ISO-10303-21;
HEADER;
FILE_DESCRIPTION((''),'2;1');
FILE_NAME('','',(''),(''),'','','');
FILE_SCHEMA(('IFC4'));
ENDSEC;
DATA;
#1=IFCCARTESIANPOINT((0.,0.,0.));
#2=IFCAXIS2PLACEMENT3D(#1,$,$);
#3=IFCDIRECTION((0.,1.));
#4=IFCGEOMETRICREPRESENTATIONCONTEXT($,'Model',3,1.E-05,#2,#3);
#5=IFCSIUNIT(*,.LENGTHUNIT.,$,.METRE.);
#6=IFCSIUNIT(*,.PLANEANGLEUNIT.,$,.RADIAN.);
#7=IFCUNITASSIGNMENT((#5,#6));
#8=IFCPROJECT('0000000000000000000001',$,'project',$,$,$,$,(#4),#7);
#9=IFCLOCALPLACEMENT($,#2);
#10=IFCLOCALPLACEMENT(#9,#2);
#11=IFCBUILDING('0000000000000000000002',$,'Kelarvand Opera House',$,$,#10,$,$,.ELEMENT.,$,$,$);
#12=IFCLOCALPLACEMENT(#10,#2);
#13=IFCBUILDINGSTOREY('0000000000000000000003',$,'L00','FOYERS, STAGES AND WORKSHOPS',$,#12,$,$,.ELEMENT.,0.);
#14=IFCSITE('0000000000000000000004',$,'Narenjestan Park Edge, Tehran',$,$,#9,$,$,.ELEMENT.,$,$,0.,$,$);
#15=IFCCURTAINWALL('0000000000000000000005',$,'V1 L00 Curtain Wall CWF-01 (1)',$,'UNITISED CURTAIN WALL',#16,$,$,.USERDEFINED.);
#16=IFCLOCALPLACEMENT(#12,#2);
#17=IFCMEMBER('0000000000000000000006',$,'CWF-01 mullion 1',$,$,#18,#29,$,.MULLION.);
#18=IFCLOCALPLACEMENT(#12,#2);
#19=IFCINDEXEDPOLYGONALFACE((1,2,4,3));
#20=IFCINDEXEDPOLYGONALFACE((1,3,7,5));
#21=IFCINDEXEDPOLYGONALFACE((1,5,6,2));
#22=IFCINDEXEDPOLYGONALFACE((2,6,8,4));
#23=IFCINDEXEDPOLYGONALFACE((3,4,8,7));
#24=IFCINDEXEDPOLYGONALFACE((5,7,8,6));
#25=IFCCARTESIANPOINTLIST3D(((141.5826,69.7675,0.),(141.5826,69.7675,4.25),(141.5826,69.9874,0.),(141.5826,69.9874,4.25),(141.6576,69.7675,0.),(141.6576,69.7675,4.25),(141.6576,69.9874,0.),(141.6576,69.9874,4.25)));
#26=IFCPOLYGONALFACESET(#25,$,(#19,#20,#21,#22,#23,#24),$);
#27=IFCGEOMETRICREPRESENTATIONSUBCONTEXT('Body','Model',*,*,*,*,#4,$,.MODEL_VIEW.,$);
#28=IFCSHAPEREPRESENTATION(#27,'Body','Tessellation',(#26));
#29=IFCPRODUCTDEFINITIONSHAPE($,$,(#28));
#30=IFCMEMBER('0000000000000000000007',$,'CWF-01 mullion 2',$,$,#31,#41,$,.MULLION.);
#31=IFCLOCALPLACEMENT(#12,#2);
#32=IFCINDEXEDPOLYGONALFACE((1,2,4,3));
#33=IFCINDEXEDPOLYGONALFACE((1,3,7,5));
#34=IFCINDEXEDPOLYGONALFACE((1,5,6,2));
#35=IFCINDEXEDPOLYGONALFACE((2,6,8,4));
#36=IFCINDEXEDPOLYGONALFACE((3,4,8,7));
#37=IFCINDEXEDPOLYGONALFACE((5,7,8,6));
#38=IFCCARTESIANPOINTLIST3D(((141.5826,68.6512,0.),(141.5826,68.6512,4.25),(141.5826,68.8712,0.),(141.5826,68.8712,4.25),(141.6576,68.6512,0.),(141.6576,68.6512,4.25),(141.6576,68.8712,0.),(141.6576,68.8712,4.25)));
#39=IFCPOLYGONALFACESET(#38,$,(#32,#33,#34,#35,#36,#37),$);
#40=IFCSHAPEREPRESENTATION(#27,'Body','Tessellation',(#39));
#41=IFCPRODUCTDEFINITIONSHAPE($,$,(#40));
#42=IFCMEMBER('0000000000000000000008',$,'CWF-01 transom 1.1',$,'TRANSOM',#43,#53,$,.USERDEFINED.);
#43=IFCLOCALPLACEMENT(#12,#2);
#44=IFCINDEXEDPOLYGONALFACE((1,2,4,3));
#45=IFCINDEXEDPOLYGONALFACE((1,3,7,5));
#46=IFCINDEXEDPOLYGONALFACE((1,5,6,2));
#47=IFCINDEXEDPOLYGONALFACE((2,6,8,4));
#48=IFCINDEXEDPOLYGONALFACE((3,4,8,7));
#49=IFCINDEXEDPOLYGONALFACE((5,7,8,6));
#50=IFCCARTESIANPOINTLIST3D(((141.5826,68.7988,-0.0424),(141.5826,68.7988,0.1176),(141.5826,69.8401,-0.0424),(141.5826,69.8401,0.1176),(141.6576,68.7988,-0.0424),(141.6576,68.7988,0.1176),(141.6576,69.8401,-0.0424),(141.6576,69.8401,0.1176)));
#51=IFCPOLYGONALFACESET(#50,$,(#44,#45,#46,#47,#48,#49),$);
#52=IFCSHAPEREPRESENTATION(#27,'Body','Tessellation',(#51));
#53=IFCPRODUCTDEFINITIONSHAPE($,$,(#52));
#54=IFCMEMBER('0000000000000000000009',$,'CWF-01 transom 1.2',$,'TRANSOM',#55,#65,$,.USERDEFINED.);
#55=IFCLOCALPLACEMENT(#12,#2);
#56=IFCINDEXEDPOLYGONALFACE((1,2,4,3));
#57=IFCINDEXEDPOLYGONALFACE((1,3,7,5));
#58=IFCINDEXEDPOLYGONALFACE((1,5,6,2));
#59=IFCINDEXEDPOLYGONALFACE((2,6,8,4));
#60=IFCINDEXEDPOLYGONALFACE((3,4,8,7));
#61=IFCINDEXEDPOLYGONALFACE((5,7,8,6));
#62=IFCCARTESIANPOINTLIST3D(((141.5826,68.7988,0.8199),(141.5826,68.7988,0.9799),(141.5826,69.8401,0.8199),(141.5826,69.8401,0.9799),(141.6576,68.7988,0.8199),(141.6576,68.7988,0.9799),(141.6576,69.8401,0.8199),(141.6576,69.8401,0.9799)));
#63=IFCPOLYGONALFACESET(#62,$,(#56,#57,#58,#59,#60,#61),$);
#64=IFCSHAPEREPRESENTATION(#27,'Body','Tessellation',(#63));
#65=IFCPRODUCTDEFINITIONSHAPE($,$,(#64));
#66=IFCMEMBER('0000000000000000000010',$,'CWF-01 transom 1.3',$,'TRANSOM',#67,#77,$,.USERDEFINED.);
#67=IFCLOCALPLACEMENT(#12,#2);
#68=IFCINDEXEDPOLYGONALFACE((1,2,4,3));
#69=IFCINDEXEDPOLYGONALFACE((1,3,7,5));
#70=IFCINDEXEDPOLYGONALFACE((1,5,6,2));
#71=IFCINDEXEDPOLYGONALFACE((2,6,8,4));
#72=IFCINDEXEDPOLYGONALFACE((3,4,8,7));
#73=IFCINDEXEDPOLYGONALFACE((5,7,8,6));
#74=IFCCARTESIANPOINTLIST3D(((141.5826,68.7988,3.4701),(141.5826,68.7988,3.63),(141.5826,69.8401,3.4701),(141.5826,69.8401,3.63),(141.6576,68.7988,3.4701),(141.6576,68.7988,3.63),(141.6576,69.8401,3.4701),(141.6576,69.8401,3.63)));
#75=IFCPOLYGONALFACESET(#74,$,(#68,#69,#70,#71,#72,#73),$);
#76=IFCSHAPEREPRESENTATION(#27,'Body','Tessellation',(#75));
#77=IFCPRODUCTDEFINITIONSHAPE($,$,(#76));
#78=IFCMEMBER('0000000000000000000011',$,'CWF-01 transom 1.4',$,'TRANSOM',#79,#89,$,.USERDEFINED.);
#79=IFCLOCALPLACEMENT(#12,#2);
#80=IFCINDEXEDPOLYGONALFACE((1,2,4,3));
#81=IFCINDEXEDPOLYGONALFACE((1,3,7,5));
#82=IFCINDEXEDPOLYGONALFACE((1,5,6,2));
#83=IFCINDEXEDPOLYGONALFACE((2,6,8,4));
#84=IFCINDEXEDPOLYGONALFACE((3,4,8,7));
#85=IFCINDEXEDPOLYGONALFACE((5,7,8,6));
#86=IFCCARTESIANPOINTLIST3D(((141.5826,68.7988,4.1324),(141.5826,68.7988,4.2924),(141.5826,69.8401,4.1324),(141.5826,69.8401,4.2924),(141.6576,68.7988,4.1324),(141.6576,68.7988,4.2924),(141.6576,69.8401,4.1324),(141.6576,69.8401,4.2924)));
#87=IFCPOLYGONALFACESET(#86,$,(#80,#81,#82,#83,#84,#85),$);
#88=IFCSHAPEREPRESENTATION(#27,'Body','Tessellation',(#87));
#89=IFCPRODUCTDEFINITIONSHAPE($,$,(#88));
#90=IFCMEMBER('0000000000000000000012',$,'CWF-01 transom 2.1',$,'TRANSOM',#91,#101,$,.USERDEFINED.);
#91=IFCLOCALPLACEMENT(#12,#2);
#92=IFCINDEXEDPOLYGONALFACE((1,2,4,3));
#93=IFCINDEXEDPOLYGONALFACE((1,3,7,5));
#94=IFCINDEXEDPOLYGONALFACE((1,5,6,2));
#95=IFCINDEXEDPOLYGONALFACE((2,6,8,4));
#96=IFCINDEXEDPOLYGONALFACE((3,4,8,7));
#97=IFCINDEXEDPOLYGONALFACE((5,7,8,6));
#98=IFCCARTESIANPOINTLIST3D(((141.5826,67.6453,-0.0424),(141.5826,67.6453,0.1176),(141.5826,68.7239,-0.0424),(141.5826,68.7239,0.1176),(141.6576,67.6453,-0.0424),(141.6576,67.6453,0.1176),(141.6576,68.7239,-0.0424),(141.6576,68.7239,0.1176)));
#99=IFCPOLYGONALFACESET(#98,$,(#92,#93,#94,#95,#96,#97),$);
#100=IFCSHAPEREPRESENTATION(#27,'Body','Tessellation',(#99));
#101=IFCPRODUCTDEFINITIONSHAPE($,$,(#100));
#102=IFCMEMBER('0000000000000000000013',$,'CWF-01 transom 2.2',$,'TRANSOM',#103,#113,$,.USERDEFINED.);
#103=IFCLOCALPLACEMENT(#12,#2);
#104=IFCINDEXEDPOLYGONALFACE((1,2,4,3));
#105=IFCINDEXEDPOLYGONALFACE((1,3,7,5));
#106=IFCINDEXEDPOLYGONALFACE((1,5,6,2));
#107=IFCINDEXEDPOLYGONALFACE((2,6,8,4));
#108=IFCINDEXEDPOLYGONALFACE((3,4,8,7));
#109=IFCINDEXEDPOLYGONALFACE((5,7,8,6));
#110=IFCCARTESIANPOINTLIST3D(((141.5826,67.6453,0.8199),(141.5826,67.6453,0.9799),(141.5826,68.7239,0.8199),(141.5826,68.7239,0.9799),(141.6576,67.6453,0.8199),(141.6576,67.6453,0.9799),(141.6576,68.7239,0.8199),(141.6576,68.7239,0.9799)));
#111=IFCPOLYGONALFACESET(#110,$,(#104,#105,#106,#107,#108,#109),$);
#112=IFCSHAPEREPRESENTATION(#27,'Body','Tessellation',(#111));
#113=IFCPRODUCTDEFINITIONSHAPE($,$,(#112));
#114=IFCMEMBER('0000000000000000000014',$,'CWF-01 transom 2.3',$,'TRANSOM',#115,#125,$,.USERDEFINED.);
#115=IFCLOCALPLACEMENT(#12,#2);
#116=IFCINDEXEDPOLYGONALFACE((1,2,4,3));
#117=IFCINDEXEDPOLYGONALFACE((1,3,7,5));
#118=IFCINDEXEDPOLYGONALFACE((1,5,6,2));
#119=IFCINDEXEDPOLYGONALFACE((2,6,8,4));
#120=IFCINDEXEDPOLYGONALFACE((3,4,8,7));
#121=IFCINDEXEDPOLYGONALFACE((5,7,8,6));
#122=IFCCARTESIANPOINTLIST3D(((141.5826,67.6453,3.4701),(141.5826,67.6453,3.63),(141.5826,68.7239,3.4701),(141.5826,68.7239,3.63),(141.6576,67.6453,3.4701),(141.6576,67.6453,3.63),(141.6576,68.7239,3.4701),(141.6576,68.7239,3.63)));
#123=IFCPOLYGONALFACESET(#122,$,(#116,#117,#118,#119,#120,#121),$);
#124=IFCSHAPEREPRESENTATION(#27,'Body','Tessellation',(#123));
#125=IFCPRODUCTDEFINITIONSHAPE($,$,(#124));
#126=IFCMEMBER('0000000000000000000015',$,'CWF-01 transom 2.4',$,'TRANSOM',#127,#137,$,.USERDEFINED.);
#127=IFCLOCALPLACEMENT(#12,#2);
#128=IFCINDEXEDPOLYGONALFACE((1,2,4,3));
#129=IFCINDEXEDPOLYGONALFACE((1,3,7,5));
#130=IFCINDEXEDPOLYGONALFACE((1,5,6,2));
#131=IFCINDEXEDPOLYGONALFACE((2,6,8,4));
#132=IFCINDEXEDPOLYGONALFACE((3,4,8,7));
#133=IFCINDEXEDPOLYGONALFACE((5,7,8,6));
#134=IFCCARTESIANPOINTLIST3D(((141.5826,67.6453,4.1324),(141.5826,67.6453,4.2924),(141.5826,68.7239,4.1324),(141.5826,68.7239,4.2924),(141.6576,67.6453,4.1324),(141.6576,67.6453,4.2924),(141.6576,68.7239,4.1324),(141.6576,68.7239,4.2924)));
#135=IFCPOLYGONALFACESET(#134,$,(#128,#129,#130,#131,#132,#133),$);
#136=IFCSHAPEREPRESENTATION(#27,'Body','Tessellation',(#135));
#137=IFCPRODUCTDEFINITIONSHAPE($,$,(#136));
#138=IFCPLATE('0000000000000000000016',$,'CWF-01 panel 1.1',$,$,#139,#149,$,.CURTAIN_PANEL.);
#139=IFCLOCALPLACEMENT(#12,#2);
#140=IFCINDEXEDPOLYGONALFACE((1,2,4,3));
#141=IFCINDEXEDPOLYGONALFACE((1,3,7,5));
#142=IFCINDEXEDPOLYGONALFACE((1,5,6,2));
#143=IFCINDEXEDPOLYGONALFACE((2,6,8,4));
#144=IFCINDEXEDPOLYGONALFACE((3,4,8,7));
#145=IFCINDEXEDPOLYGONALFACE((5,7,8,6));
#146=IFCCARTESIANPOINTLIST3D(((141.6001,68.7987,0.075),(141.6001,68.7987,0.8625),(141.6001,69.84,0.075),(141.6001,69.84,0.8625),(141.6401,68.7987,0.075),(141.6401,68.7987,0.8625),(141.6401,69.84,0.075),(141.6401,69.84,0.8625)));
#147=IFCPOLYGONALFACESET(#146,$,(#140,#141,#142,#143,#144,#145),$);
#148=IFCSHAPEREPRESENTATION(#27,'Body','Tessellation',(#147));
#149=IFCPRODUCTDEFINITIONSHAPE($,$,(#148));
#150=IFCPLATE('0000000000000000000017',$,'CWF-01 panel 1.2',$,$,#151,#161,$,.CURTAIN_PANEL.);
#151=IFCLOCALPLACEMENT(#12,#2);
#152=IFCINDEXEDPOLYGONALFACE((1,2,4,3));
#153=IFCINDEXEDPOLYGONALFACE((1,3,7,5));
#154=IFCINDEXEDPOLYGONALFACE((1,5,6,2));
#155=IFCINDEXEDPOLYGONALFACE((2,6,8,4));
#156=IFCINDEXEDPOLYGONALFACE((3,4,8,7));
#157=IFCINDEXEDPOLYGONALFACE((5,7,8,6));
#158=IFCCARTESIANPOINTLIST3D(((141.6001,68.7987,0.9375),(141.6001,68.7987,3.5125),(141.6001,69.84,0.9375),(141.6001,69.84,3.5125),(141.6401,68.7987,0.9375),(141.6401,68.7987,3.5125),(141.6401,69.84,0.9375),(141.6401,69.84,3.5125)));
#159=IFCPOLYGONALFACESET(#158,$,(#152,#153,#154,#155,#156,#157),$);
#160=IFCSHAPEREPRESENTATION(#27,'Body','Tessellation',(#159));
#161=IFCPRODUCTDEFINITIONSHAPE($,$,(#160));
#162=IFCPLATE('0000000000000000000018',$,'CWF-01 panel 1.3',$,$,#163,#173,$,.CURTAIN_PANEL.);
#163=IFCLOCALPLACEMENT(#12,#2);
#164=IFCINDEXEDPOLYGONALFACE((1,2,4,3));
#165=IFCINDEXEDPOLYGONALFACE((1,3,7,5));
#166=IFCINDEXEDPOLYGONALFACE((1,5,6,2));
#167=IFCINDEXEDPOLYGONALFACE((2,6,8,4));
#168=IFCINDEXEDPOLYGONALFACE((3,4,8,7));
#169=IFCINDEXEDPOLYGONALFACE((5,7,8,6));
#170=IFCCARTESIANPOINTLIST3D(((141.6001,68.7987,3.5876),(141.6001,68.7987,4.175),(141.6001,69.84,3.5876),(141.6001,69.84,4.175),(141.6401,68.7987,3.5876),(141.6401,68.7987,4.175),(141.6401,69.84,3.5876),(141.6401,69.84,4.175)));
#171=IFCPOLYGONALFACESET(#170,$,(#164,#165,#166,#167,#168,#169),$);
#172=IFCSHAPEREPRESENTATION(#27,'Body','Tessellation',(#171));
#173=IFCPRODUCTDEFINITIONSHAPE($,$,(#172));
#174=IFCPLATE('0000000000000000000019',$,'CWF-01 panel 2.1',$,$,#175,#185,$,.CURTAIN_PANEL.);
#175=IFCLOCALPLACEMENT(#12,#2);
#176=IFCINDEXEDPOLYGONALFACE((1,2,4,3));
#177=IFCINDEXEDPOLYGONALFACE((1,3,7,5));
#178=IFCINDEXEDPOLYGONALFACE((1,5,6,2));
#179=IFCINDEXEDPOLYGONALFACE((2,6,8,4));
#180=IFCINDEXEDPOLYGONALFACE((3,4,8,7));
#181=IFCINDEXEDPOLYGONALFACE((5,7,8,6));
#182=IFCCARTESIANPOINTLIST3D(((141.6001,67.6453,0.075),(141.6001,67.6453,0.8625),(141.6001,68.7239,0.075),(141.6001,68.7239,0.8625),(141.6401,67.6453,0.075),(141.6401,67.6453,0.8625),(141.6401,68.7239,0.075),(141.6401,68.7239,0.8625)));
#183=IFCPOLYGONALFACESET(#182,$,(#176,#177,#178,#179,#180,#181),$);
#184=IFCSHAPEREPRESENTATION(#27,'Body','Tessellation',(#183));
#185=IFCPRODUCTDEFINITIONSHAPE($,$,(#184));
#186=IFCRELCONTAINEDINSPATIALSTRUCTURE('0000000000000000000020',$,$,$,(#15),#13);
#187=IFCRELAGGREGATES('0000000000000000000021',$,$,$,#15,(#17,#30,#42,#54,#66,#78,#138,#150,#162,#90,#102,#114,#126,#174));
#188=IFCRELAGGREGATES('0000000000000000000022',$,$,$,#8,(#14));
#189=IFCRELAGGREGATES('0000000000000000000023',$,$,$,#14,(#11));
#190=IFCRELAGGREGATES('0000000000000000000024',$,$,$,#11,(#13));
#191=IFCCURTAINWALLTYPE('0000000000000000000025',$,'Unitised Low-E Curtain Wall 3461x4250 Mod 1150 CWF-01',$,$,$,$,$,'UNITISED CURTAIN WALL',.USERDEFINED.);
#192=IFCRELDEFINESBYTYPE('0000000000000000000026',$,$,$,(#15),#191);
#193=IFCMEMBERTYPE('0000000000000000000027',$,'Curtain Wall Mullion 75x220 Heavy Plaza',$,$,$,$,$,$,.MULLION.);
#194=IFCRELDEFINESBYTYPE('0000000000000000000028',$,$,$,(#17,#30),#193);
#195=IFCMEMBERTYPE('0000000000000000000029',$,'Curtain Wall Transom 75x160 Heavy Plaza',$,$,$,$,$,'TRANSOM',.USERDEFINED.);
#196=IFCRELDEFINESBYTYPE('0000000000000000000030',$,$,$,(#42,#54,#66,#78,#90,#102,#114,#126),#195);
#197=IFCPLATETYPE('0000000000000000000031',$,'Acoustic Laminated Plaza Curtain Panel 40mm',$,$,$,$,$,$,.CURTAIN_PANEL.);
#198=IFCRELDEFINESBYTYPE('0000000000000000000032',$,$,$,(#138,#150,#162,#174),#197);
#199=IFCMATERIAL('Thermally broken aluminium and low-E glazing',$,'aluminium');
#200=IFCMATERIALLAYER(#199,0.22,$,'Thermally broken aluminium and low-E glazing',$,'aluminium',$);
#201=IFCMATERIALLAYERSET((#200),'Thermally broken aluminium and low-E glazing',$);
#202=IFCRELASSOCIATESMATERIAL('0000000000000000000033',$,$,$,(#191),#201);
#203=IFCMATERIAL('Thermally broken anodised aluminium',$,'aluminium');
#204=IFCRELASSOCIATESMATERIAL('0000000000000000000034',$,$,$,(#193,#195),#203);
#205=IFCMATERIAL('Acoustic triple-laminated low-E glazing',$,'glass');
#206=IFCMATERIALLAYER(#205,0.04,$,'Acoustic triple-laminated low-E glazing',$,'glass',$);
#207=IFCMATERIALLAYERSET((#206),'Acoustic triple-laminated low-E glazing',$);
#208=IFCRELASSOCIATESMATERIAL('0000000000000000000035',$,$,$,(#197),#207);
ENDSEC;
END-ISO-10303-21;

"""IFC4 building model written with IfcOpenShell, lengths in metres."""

from ifc_helpers import new_model, si_unit, direction, frame, origin, origin_2d, place, context, subcontext, project, spatial, rectangle, extrude, material, layer, layer_set, material_profile, profile_set, type_object, element, aggregate, save


model = new_model("IFC4")

# Units and contexts
model_context = context("Model", 3, precision=1e-05, world=origin(), true_north=direction((0.0, 1.0)))
body_context = subcontext(model_context, "Body", "Model", "MODEL_VIEW")
ifc_project = project(units=[si_unit("LENGTHUNIT", "METRE"), si_unit("PLANEANGLEUNIT", "RADIAN")], contexts=[model_context])

# Site, building, storey
site_placement = place(None, origin())
site = spatial("IfcSite", under=ifc_project, at=site_placement, Name="Narenjestan Park Edge, Tehran", CompositionType="ELEMENT", RefElevation=0.0)
building_placement = place(site_placement, origin())
building = spatial("IfcBuilding", under=site, at=building_placement, Name="Kelarvand Opera House", CompositionType="ELEMENT")
storey_placement = place(building_placement, origin())
storey = spatial("IfcBuildingStorey", under=building, at=storey_placement, Name="L00", Description="FOYERS, STAGES AND WORKSHOPS", CompositionType="ELEMENT", Elevation=0.0)

# Curtain wall, members, plates
ifc_material_1 = material(Name="Thermally broken aluminium and low-E glazing", Category="aluminium")
ifc_layer_1 = layer(ifc_material_1, 0.22, Name="Thermally broken aluminium and low-E glazing", Category="aluminium")
ifc_layer_set_1 = layer_set([ifc_layer_1], Name="Thermally broken aluminium and low-E glazing")
curtain_wall_type = type_object("IfcCurtainWallType", Name="Unitised Low-E Curtain Wall 3461x4250 Mod 1150 CWF-01", ElementType="UNITISED CURTAIN WALL", PredefinedType="USERDEFINED", material=ifc_layer_set_1)
curtain_wall_placement = place(storey_placement, origin())
curtain_wall = element("IfcCurtainWall", 1, at=curtain_wall_placement, inside=storey, type_object=curtain_wall_type, Name="V1 L00 Curtain Wall CWF-01 (1)", ObjectType="UNITISED CURTAIN WALL", PredefinedType="USERDEFINED")
ifc_material_2 = material(Name="Thermally broken anodised aluminium", Category="aluminium")
ifc_material_profile_1 = material_profile(ifc_material_2, rectangle(XDim=0.075, YDim=0.22, at=origin_2d()), Name="ALU MULLION 75x220", Category="aluminium")
ifc_profile_set_1 = profile_set([ifc_material_profile_1], Name="Thermally broken anodised aluminium")
member_type_1 = type_object("IfcMemberType", Name="Curtain Wall Mullion 75x220 Heavy Plaza", PredefinedType="MULLION", material=ifc_profile_set_1)
member_1_placement = place(storey_placement, frame((141.6201, 69.8774, 0.0), z_axis=(0.0, 0.0, 1.0), x_axis=(1.0, 0.0, 0.0)))
member_1 = element("IfcMember", 2, at=member_1_placement, type_object=member_type_1, Name="CWF-01 mullion 1", PredefinedType="MULLION", context=body_context, shape_type="SweptSolid", body=[
    extrude(rectangle(XDim=0.075, YDim=0.22, at=origin_2d()), origin(), (0.0, 0.0, 1.0), 4.25),
])
member_2_placement = place(storey_placement, frame((141.6201, 68.7612, 0.0), z_axis=(0.0, 0.0, 1.0), x_axis=(1.0, 0.0, 0.0)))
member_2 = element("IfcMember", 3, at=member_2_placement, type_object=member_type_1, Name="CWF-01 mullion 2", PredefinedType="MULLION", context=body_context, shape_type="SweptSolid", body=[
    extrude(rectangle(XDim=0.075, YDim=0.22, at=origin_2d()), origin(), (0.0, 0.0, 1.0), 4.25),
])
ifc_material_profile_2 = material_profile(ifc_material_2, rectangle(XDim=0.075, YDim=0.1599, at=origin_2d()), Name="ALU TRANSOM 75x160", Category="aluminium")
ifc_profile_set_2 = profile_set([ifc_material_profile_2], Name="Thermally broken anodised aluminium")
member_type_2 = type_object("IfcMemberType", Name="Curtain Wall Transom 75x160 Heavy Plaza", ElementType="TRANSOM", PredefinedType="USERDEFINED", material=ifc_profile_set_2)
member_3_placement = place(storey_placement, frame((141.6201, 69.8401, 0.0376), z_axis=(0.0, -1.0, 0.0), x_axis=(1.0, 0.0, 0.0)))
member_3 = element("IfcMember", 4, at=member_3_placement, type_object=member_type_2, Name="CWF-01 transom 1.1", ObjectType="TRANSOM", PredefinedType="USERDEFINED", context=body_context, shape_type="SweptSolid", body=[
    extrude(rectangle(XDim=0.075, YDim=0.1599, at=origin_2d()), origin(), (0.0, 0.0, 1.0), 1.0413),
])
member_4_placement = place(storey_placement, frame((141.6201, 69.8401, 0.8999), z_axis=(0.0, -1.0, 0.0), x_axis=(1.0, 0.0, 0.0)))
member_4 = element("IfcMember", 5, at=member_4_placement, type_object=member_type_2, Name="CWF-01 transom 1.2", ObjectType="TRANSOM", PredefinedType="USERDEFINED", context=body_context, shape_type="SweptSolid", body=[
    extrude(rectangle(XDim=0.075, YDim=0.1599, at=origin_2d()), origin(), (0.0, 0.0, 1.0), 1.0413),
])
member_5_placement = place(storey_placement, frame((141.6201, 69.8401, 3.55), z_axis=(0.0, -1.0, 0.0), x_axis=(1.0, 0.0, 0.0)))
member_5 = element("IfcMember", 6, at=member_5_placement, type_object=member_type_2, Name="CWF-01 transom 1.3", ObjectType="TRANSOM", PredefinedType="USERDEFINED", context=body_context, shape_type="SweptSolid", body=[
    extrude(rectangle(XDim=0.075, YDim=0.1599, at=origin_2d()), origin(), (0.0, 0.0, 1.0), 1.0413),
])
member_6_placement = place(storey_placement, frame((141.6201, 69.8401, 4.2124), z_axis=(0.0, -1.0, 0.0), x_axis=(1.0, 0.0, 0.0)))
member_6 = element("IfcMember", 7, at=member_6_placement, type_object=member_type_2, Name="CWF-01 transom 1.4", ObjectType="TRANSOM", PredefinedType="USERDEFINED", context=body_context, shape_type="SweptSolid", body=[
    extrude(rectangle(XDim=0.075, YDim=0.1599, at=origin_2d()), origin(), (0.0, 0.0, 1.0), 1.0413),
])
member_7_placement = place(storey_placement, frame((141.6201, 68.7239, 0.0376), z_axis=(0.0, -1.0, 0.0), x_axis=(1.0, 0.0, 0.0)))
member_7 = element("IfcMember", 8, at=member_7_placement, type_object=member_type_2, Name="CWF-01 transom 2.1", ObjectType="TRANSOM", PredefinedType="USERDEFINED", context=body_context, shape_type="SweptSolid", body=[
    extrude(rectangle(XDim=0.075, YDim=0.1599, at=origin_2d()), origin(), (0.0, 0.0, 1.0), 1.0786),
])
member_8_placement = place(storey_placement, frame((141.6201, 68.7239, 0.8999), z_axis=(0.0, -1.0, 0.0), x_axis=(1.0, 0.0, 0.0)))
member_8 = element("IfcMember", 9, at=member_8_placement, type_object=member_type_2, Name="CWF-01 transom 2.2", ObjectType="TRANSOM", PredefinedType="USERDEFINED", context=body_context, shape_type="SweptSolid", body=[
    extrude(rectangle(XDim=0.075, YDim=0.1599, at=origin_2d()), origin(), (0.0, 0.0, 1.0), 1.0786),
])
member_9_placement = place(storey_placement, frame((141.6201, 68.7239, 3.55), z_axis=(0.0, -1.0, 0.0), x_axis=(1.0, 0.0, 0.0)))
member_9 = element("IfcMember", 10, at=member_9_placement, type_object=member_type_2, Name="CWF-01 transom 2.3", ObjectType="TRANSOM", PredefinedType="USERDEFINED", context=body_context, shape_type="SweptSolid", body=[
    extrude(rectangle(XDim=0.075, YDim=0.1599, at=origin_2d()), origin(), (0.0, 0.0, 1.0), 1.0786),
])
member_10_placement = place(storey_placement, frame((141.6201, 68.7239, 4.2124), z_axis=(0.0, -1.0, 0.0), x_axis=(1.0, 0.0, 0.0)))
member_10 = element("IfcMember", 11, at=member_10_placement, type_object=member_type_2, Name="CWF-01 transom 2.4", ObjectType="TRANSOM", PredefinedType="USERDEFINED", context=body_context, shape_type="SweptSolid", body=[
    extrude(rectangle(XDim=0.075, YDim=0.1599, at=origin_2d()), origin(), (0.0, 0.0, 1.0), 1.0786),
])
ifc_material_3 = material(Name="Acoustic triple-laminated low-E glazing", Category="glass")
ifc_layer_2 = layer(ifc_material_3, 0.04, Name="Acoustic triple-laminated low-E glazing", Category="glass")
ifc_layer_set_2 = layer_set([ifc_layer_2], Name="Acoustic triple-laminated low-E glazing")
plate_type = type_object("IfcPlateType", Name="Acoustic Laminated Plaza Curtain Panel 40mm", PredefinedType="CURTAIN_PANEL", material=ifc_layer_set_2)
plate_1_placement = place(storey_placement, frame((141.6201, 69.3193, 0.075), z_axis=(0.0, 0.0, 1.0), x_axis=(0.0, -1.0, 0.0)))
plate_1 = element("IfcPlate", 12, at=plate_1_placement, type_object=plate_type, Name="CWF-01 panel 1.1", PredefinedType="CURTAIN_PANEL", context=body_context, shape_type="SweptSolid", body=[
    extrude(rectangle(XDim=1.0413, YDim=0.04, at=origin_2d()), origin(), (0.0, 0.0, 1.0), 0.7876),
])
plate_2_placement = place(storey_placement, frame((141.6201, 69.3193, 0.9375), z_axis=(0.0, 0.0, 1.0), x_axis=(0.0, -1.0, 0.0)))
plate_2 = element("IfcPlate", 13, at=plate_2_placement, type_object=plate_type, Name="CWF-01 panel 1.2", PredefinedType="CURTAIN_PANEL", context=body_context, shape_type="SweptSolid", body=[
    extrude(rectangle(XDim=1.0413, YDim=0.04, at=origin_2d()), origin(), (0.0, 0.0, 1.0), 2.575),
])
plate_3_placement = place(storey_placement, frame((141.6201, 69.3193, 3.5876), z_axis=(0.0, 0.0, 1.0), x_axis=(0.0, -1.0, 0.0)))
plate_3 = element("IfcPlate", 14, at=plate_3_placement, type_object=plate_type, Name="CWF-01 panel 1.3", PredefinedType="CURTAIN_PANEL", context=body_context, shape_type="SweptSolid", body=[
    extrude(rectangle(XDim=1.0413, YDim=0.04, at=origin_2d()), origin(), (0.0, 0.0, 1.0), 0.5874),
])
plate_4_placement = place(storey_placement, frame((141.6201, 68.1846, 0.075), z_axis=(0.0, 0.0, 1.0), x_axis=(0.0, -1.0, 0.0)))
plate_4 = element("IfcPlate", 15, at=plate_4_placement, type_object=plate_type, Name="CWF-01 panel 2.1", PredefinedType="CURTAIN_PANEL", context=body_context, shape_type="SweptSolid", body=[
    extrude(rectangle(XDim=1.0786, YDim=0.04, at=origin_2d()), origin(), (0.0, 0.0, 1.0), 0.7876),
])
aggregate(curtain_wall, [member_1, member_2, member_3, member_4, member_5, member_6, plate_1, plate_2, plate_3, member_7, member_8, member_9, member_10, plate_4])

save(model, "model.ifc")
